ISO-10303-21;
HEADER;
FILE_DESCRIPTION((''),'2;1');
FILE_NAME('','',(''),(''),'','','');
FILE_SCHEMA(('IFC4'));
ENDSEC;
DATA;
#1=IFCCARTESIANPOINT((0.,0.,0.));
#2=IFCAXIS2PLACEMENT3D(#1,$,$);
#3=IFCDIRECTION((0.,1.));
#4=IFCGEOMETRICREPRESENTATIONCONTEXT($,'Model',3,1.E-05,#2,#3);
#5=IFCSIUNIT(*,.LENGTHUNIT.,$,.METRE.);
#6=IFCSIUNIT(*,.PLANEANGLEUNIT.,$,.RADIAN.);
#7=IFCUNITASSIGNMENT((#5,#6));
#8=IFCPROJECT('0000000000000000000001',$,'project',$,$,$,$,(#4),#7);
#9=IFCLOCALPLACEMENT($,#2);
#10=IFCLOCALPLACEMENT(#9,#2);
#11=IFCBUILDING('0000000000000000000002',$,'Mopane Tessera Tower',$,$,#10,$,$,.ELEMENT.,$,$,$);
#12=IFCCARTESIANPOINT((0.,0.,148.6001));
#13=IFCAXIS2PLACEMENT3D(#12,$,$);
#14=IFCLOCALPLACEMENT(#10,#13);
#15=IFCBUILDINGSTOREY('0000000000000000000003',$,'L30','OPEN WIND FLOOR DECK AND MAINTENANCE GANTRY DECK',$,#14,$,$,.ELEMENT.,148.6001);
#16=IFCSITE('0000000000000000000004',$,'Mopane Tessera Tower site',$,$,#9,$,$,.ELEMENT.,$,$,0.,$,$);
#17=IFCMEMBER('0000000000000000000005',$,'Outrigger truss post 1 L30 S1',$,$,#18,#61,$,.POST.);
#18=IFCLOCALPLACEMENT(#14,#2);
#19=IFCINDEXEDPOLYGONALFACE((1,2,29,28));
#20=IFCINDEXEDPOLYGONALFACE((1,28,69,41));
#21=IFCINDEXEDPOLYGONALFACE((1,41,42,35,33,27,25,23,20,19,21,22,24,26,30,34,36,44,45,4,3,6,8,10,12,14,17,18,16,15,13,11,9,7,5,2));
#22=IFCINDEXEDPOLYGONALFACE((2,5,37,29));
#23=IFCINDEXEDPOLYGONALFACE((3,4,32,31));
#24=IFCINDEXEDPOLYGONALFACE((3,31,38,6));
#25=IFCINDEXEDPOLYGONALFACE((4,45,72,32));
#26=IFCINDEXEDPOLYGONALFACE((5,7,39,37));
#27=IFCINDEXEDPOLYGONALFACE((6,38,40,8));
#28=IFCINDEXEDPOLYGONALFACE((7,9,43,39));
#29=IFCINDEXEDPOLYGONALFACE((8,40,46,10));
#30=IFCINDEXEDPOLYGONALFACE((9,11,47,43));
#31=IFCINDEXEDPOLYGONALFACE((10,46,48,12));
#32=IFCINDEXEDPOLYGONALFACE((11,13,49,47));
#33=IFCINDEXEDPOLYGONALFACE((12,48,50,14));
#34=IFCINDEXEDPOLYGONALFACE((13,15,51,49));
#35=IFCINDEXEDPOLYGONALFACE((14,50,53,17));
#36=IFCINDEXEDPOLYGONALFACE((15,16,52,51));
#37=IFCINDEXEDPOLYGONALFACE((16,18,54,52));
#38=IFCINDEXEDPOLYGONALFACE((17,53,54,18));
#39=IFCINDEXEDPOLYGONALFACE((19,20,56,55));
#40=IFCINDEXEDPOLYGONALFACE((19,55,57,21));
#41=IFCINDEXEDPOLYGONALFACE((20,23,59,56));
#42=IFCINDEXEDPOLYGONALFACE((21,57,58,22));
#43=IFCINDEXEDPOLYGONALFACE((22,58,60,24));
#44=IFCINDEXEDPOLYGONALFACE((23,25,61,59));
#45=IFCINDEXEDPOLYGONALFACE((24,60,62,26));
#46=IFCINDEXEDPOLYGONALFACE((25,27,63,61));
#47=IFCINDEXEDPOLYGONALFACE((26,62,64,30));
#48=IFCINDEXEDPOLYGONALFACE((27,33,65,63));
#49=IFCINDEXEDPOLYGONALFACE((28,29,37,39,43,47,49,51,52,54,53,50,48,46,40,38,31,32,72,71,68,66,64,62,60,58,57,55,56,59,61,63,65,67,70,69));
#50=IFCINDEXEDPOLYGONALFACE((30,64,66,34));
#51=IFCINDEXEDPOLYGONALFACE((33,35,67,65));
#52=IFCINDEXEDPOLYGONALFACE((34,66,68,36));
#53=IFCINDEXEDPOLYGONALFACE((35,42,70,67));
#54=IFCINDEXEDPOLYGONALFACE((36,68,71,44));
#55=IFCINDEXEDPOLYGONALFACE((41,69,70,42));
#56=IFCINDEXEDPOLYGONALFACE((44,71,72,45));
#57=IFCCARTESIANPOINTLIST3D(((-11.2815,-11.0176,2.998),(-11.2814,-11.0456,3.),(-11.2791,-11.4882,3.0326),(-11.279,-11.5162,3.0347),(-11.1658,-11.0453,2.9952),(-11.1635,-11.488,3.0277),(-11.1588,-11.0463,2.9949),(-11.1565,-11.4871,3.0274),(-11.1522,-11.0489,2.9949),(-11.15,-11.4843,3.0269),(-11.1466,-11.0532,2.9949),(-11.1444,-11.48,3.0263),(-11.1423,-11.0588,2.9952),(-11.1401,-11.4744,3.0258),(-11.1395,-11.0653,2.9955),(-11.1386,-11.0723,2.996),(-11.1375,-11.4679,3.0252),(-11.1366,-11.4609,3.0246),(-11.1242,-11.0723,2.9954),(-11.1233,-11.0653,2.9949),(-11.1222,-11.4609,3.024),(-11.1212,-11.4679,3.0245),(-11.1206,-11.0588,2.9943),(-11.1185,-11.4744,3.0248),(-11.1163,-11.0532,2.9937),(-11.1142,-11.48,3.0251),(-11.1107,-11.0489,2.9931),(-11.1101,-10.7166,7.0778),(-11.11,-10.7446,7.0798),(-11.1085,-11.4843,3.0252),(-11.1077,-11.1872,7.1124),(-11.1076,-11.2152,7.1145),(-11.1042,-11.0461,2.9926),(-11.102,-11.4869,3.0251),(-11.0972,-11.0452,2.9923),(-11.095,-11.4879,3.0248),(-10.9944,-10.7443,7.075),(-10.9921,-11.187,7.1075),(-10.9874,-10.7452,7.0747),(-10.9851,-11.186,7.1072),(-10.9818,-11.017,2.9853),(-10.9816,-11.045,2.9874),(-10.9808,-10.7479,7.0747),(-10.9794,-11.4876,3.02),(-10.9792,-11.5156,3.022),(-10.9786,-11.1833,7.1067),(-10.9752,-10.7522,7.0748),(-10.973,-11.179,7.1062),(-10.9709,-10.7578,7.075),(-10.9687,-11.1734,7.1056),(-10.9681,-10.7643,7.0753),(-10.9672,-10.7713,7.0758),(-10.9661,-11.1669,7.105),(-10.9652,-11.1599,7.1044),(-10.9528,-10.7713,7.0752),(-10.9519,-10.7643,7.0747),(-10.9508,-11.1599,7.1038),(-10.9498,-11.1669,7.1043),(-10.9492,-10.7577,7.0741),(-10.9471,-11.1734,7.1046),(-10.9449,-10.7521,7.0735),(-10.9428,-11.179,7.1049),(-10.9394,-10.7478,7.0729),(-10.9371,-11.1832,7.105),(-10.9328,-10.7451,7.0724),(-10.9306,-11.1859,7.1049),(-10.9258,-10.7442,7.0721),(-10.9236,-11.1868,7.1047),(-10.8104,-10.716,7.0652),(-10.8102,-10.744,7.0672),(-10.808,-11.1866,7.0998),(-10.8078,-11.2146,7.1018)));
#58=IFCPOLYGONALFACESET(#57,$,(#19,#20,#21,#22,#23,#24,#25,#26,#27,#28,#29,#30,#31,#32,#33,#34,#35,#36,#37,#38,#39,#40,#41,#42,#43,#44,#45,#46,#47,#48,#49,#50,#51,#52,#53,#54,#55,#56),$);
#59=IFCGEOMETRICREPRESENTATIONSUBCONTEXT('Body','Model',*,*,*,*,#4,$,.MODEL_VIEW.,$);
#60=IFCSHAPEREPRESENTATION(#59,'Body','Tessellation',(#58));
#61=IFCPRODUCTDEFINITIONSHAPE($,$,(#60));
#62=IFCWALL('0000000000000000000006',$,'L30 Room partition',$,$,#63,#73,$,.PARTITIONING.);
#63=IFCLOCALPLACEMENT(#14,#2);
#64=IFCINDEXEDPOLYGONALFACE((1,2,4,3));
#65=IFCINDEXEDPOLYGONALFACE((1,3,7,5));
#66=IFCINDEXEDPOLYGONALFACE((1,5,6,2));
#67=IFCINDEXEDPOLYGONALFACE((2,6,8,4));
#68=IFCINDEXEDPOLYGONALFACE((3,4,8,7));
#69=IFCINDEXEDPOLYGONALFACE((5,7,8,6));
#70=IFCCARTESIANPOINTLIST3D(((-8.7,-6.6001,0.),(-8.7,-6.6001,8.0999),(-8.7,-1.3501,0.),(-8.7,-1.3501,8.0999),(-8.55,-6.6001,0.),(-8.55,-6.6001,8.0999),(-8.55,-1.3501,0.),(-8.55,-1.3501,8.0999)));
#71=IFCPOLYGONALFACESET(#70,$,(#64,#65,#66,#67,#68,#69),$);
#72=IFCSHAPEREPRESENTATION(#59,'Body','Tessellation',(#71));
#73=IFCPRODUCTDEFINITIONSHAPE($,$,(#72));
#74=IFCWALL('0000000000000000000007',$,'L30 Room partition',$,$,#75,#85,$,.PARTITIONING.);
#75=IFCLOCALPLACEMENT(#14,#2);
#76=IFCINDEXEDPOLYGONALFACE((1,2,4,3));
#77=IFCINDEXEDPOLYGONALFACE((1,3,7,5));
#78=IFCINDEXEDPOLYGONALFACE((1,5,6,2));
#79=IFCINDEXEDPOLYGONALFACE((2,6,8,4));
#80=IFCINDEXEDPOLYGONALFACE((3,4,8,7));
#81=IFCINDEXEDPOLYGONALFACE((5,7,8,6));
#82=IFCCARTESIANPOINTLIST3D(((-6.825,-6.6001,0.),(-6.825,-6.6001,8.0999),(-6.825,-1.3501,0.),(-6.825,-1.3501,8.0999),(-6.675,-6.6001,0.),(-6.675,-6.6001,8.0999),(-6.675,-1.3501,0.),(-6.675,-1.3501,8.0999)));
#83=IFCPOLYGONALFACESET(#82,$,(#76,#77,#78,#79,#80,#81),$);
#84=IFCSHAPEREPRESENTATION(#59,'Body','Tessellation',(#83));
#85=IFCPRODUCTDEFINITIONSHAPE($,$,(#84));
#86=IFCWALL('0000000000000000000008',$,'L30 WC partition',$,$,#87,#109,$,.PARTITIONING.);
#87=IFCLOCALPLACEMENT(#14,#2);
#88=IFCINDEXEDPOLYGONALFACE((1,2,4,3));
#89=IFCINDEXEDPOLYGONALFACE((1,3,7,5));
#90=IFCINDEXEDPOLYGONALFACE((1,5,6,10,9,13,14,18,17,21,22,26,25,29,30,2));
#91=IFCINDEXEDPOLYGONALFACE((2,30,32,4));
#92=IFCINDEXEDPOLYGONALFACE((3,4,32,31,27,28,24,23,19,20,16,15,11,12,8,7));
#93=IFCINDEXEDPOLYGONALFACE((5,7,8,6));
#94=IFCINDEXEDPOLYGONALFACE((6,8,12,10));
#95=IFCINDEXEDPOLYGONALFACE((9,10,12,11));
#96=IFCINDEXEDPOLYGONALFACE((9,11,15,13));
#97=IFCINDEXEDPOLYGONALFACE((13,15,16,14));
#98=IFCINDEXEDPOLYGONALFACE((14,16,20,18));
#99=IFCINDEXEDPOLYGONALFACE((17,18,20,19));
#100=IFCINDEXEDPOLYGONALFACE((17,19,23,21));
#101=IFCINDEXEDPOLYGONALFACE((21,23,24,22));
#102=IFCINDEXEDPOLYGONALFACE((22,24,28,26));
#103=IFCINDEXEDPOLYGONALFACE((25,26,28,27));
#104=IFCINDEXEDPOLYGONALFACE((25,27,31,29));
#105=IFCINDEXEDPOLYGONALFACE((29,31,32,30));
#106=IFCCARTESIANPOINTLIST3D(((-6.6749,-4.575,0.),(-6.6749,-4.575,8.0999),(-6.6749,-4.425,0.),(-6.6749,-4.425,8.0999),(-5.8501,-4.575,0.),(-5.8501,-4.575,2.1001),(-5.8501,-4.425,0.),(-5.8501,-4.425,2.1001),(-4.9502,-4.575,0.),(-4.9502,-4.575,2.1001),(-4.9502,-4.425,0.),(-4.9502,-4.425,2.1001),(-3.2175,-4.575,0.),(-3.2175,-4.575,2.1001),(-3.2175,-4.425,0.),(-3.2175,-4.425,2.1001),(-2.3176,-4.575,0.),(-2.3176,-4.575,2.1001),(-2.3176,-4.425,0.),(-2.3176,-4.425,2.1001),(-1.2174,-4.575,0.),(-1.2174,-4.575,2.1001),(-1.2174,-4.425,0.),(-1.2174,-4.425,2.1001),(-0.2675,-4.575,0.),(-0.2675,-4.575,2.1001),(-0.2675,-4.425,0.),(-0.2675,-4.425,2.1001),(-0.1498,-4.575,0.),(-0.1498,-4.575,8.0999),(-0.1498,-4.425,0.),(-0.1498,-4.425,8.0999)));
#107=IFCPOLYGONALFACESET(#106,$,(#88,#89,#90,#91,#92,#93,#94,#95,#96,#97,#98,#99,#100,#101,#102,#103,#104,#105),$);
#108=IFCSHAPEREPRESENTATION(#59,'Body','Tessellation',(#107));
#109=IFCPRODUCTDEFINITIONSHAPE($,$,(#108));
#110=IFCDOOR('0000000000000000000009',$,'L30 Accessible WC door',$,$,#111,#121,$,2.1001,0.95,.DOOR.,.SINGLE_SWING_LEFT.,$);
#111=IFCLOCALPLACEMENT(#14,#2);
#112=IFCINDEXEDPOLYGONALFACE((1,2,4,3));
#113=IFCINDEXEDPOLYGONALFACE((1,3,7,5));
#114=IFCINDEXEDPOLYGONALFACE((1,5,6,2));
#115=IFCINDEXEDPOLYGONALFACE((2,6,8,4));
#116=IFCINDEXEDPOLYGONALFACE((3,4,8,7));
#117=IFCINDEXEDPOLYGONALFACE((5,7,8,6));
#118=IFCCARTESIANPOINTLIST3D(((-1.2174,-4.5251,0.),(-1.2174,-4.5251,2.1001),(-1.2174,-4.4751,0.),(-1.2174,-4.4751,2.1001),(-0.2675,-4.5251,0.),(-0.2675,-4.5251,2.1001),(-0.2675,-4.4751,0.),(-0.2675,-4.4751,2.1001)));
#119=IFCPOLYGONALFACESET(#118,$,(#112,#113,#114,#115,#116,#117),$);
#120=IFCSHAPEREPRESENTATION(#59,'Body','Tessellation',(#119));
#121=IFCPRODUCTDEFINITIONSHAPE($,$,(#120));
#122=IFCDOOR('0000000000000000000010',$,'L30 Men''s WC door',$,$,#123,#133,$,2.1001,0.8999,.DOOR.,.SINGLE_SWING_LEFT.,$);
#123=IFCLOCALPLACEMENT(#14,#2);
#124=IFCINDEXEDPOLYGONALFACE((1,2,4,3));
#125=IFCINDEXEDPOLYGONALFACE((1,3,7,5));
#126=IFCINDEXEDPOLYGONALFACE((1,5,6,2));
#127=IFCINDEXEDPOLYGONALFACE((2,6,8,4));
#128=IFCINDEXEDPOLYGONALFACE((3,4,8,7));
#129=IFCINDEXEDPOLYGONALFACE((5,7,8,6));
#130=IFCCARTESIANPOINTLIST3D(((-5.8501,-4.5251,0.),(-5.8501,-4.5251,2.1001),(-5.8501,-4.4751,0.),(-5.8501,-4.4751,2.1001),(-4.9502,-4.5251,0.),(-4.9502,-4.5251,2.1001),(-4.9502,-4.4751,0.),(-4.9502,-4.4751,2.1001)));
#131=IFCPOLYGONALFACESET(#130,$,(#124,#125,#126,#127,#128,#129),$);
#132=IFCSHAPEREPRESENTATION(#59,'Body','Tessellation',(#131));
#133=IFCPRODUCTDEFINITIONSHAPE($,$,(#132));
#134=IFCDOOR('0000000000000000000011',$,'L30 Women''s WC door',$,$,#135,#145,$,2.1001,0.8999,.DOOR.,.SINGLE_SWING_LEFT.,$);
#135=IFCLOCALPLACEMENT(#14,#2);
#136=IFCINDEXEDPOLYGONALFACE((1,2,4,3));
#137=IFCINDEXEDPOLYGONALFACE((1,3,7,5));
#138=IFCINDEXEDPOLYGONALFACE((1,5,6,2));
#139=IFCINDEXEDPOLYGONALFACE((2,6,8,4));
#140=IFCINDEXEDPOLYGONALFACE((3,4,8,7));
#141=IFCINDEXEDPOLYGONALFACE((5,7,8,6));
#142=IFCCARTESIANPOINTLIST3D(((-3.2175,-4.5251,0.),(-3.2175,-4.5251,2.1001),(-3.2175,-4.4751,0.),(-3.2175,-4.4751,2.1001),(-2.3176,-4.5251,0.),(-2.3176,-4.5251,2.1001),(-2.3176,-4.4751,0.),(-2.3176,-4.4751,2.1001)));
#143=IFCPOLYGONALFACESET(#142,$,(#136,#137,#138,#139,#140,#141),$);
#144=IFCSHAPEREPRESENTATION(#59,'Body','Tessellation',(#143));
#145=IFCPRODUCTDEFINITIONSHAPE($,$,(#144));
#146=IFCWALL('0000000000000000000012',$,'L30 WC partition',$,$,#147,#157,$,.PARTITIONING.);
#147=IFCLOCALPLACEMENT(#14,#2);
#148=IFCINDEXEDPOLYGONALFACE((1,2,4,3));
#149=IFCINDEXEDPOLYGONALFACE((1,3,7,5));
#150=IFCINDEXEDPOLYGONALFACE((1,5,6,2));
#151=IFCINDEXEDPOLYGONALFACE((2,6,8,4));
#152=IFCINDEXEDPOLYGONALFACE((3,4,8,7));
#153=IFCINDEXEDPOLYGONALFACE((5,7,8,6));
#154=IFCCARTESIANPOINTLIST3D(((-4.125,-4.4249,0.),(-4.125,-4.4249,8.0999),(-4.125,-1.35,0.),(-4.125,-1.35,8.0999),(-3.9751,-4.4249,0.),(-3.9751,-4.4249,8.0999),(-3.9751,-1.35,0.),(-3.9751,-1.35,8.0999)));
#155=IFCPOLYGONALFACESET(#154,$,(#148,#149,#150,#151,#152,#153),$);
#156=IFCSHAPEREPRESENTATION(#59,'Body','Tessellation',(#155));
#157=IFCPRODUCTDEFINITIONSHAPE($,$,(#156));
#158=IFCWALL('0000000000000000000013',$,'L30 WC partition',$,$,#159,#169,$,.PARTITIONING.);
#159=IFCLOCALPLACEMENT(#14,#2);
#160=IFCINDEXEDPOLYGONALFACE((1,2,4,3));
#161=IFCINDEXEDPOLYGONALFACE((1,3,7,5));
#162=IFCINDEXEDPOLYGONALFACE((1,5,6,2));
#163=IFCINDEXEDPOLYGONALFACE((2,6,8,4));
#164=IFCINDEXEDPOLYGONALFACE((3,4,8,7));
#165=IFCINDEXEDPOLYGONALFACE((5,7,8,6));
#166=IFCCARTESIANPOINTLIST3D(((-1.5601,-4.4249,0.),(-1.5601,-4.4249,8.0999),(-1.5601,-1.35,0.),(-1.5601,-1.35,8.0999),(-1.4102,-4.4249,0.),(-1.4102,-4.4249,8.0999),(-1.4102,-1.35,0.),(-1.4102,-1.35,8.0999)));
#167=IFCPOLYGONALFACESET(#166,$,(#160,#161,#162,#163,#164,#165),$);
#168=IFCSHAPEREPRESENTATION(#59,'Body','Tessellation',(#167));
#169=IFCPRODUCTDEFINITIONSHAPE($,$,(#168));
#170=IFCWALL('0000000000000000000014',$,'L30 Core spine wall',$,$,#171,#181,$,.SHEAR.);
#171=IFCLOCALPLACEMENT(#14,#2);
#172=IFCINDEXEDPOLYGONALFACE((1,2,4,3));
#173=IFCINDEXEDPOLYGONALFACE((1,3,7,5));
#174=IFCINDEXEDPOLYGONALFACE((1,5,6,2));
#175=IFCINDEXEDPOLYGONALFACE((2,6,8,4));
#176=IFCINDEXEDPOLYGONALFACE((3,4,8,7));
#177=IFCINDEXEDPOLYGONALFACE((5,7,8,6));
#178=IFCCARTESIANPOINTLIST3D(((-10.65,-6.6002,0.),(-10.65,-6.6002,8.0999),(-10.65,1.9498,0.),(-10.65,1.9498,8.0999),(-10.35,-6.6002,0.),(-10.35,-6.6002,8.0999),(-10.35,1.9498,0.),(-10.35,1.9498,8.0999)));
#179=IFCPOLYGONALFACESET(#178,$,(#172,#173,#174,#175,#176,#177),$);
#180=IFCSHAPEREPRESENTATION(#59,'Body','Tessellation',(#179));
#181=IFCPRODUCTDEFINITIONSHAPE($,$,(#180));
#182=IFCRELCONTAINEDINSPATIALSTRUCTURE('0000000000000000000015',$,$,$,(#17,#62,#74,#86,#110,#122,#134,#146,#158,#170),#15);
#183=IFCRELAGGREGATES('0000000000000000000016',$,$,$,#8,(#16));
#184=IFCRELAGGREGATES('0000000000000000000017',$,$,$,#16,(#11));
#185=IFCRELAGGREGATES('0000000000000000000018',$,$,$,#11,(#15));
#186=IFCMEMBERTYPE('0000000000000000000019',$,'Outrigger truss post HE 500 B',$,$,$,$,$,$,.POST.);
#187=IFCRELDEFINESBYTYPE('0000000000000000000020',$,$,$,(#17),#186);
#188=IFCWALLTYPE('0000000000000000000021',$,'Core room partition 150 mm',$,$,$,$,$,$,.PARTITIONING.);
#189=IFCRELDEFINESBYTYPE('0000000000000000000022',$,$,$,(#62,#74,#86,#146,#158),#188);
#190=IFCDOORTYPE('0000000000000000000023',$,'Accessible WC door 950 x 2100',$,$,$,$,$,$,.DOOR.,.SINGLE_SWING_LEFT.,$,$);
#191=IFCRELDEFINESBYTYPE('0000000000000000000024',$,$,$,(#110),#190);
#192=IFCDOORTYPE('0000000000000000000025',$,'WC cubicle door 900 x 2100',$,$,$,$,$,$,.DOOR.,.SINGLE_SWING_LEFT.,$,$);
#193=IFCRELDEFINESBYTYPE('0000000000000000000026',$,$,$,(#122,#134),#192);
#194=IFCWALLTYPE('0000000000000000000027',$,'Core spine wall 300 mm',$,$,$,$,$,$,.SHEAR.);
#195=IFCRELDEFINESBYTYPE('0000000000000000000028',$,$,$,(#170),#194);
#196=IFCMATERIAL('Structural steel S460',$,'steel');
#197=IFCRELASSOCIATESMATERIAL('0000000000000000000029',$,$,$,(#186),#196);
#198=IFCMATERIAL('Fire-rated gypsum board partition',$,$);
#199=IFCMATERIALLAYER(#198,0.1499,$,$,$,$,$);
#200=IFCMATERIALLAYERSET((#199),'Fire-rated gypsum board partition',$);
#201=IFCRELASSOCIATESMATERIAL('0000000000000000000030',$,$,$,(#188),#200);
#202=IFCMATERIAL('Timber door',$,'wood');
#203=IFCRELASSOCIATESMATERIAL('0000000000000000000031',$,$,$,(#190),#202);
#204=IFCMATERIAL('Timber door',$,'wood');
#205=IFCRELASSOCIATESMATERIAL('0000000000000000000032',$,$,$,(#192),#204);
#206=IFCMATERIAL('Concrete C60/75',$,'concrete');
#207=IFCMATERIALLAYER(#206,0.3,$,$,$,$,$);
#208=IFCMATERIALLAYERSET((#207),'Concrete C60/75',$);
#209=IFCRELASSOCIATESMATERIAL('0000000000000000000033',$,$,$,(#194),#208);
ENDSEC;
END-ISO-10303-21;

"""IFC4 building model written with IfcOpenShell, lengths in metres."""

from ifc_helpers import new_model, si_unit, direction, frame, frame_2d, origin, origin_2d, place, context, subcontext, project, spatial, rectangle, i_section, extrude, material, layer, layer_set, material_profile, profile_set, type_object, element, fill, save


model = new_model("IFC4")

# Units and contexts
model_context = context("Model", 3, precision=1e-05, world=origin(), true_north=direction((0.0, 1.0)))
body_context = subcontext(model_context, "Body", "Model", "MODEL_VIEW")
ifc_project = project(units=[si_unit("LENGTHUNIT", "METRE"), si_unit("PLANEANGLEUNIT", "RADIAN")], contexts=[model_context])

# Site, building, storey
site_placement = place(None, origin())
site = spatial("IfcSite", under=ifc_project, at=site_placement, Name="Mopane Tessera Tower site", CompositionType="ELEMENT", RefElevation=0.0)
building_placement = place(site_placement, origin())
building = spatial("IfcBuilding", under=site, at=building_placement, Name="Mopane Tessera Tower", CompositionType="ELEMENT")
storey_placement = place(building_placement, frame((0.0, 0.0, 148.6001)))
storey = spatial("IfcBuildingStorey", under=building, at=storey_placement, Name="L30", Description="OPEN WIND FLOOR DECK AND MAINTENANCE GANTRY DECK", CompositionType="ELEMENT", Elevation=148.6001)

# Member
ifc_material_1 = material(Name="Structural steel S460", Category="steel")
ifc_material_profile_1 = material_profile(ifc_material_1, i_section(OverallWidth=0.3, OverallDepth=0.5, WebThickness=0.0144, FlangeThickness=0.0281, FilletRadius=0.0271, at=origin_2d()))
ifc_profile_set_1 = profile_set([ifc_material_profile_1], Name="Structural steel S460")
member_type_1 = type_object("IfcMemberType", Name="Outrigger truss post HE 500 B", PredefinedType="POST", material=ifc_profile_set_1)
member_1_placement = place(storey_placement, frame((-11.1304, -11.2666, 3.01), z_axis=(0.041858, 0.073519, 0.996415), x_axis=(0.999111, 0.001999, -0.042118)))
element("IfcMember", 1, at=member_1_placement, inside=storey, type_object=member_type_1, Name="Outrigger truss post 1 L30 S1", PredefinedType="POST", context=body_context, shape_type="SweptSolid", body=[
    extrude(i_section(OverallWidth=0.3, OverallDepth=0.5, WebThickness=0.0144, FlangeThickness=0.0281, FilletRadius=0.0271, at=origin_2d()), origin(), (0.0, 0.0, 1.0), 4.0945),
])

# Walls
ifc_material_2 = material(Name="Fire-rated gypsum board partition")
ifc_layer_1 = layer(ifc_material_2, 0.1499)
ifc_layer_set_1 = layer_set([ifc_layer_1], Name="Fire-rated gypsum board partition")
wall_type_1 = type_object("IfcWallType", Name="Core room partition 150 mm", PredefinedType="PARTITIONING", material=ifc_layer_set_1)
for number, where, z_axis, x_axis, name in (
    (2, (-8.625, -6.6001, 0.0), (0.0, 0.0, 1.0), (0.0, 1.0, 0.0), "L30 Room partition"),
    (3, (-6.75, -6.6001, 0.0), (0.0, 0.0, 1.0), (0.0, 1.0, 0.0), "L30 Room partition"),
):
    element("IfcWall", number, at=place(storey_placement, frame(where, z_axis=z_axis, x_axis=x_axis)), inside=storey, type_object=wall_type_1, Name=name, PredefinedType="PARTITIONING", context=body_context, shape_type="SweptSolid", body=[
        extrude(rectangle(XDim=5.25, YDim=0.1499, at=frame_2d((2.625, 0.0))), origin(), (0.0, 0.0, 1.0), 8.0999),
    ])

# Wall, openings, doors
wall_1_placement = place(storey_placement, frame((-6.675, -4.5, 0.0), z_axis=(0.0, 0.0, 1.0), x_axis=(1.0, 0.0, 0.0)))
wall_1 = element("IfcWall", 4, at=wall_1_placement, inside=storey, type_object=wall_type_1, Name="L30 WC partition", PredefinedType="PARTITIONING", context=body_context, shape_type="SweptSolid", body=[
    extrude(rectangle(XDim=6.5251, YDim=0.1499, at=frame_2d((3.2627, 0.0))), origin(), (0.0, 0.0, 1.0), 8.0999),
])
opening_1_placement = place(wall_1_placement, frame((0.825, 0.0, 0.0)))
opening_1 = element("IfcOpeningElement", 5, at=opening_1_placement, cuts=wall_1, PredefinedType="OPENING", context=body_context, shape_type="SweptSolid", body=[
    extrude(rectangle(XDim=0.8999, YDim=2.1001, at=frame_2d((0.45, 1.05))), frame((0.0, 0.0869, 0.0), z_axis=(0.0, -1.0, 0.0), x_axis=(1.0, 0.0, 0.0)), (0.0, 0.0, 1.0), 0.1738),
])
opening_2_placement = place(wall_1_placement, frame((3.4575, 0.0, 0.0)))
opening_2 = element("IfcOpeningElement", 6, at=opening_2_placement, cuts=wall_1, PredefinedType="OPENING", context=body_context, shape_type="SweptSolid", body=[
    extrude(rectangle(XDim=0.8999, YDim=2.1001, at=frame_2d((0.45, 1.05))), frame((0.0, 0.0869, 0.0), z_axis=(0.0, -1.0, 0.0), x_axis=(1.0, 0.0, 0.0)), (0.0, 0.0, 1.0), 0.1738),
])
opening_3_placement = place(wall_1_placement, frame((5.4575, 0.0, 0.0)))
opening_3 = element("IfcOpeningElement", 7, at=opening_3_placement, cuts=wall_1, PredefinedType="OPENING", context=body_context, shape_type="SweptSolid", body=[
    extrude(rectangle(XDim=0.95, YDim=2.1001, at=frame_2d((0.4751, 1.05))), frame((0.0, 0.0869, 0.0), z_axis=(0.0, -1.0, 0.0), x_axis=(1.0, 0.0, 0.0)), (0.0, 0.0, 1.0), 0.1738),
])
ifc_material_3 = material(Name="Timber door", Category="wood")
door_type_1 = type_object("IfcDoorType", Name="Accessible WC door 950 x 2100", OperationType="SINGLE_SWING_LEFT", PredefinedType="DOOR", material=ifc_material_3)
door_1_placement = place(opening_3_placement, origin())
door_1 = element("IfcDoor", 8, at=door_1_placement, inside=storey, type_object=door_type_1, Name="L30 Accessible WC door", OperationType="SINGLE_SWING_LEFT", OverallHeight=2.1001, OverallWidth=0.95, PredefinedType="DOOR", context=body_context, shape_type="SweptSolid", body=[
    extrude(rectangle(XDim=0.95, YDim=2.1001, at=frame_2d((0.4751, 1.05))), frame((0.0, 0.0249, 0.0), z_axis=(0.0, -1.0, 0.0), x_axis=(1.0, 0.0, 0.0)), (0.0, 0.0, 1.0), 0.05),
])
fill(opening_3, door_1)
ifc_material_4 = material(Name="Timber door", Category="wood")
door_type_2 = type_object("IfcDoorType", Name="WC cubicle door 900 x 2100", OperationType="SINGLE_SWING_LEFT", PredefinedType="DOOR", material=ifc_material_4)
door_2_placement = place(opening_1_placement, origin())
door_2 = element("IfcDoor", 9, at=door_2_placement, inside=storey, type_object=door_type_2, Name="L30 Men's WC door", OperationType="SINGLE_SWING_LEFT", OverallHeight=2.1001, OverallWidth=0.8999, PredefinedType="DOOR", context=body_context, shape_type="SweptSolid", body=[
    extrude(rectangle(XDim=0.8999, YDim=2.1001, at=frame_2d((0.45, 1.05))), frame((0.0, 0.0249, 0.0), z_axis=(0.0, -1.0, 0.0), x_axis=(1.0, 0.0, 0.0)), (0.0, 0.0, 1.0), 0.05),
])
fill(opening_1, door_2)
door_3_placement = place(opening_2_placement, origin())
door_3 = element("IfcDoor", 10, at=door_3_placement, inside=storey, type_object=door_type_2, Name="L30 Women's WC door", OperationType="SINGLE_SWING_LEFT", OverallHeight=2.1001, OverallWidth=0.8999, PredefinedType="DOOR", context=body_context, shape_type="SweptSolid", body=[
    extrude(rectangle(XDim=0.8999, YDim=2.1001, at=frame_2d((0.45, 1.05))), frame((0.0, 0.0249, 0.0), z_axis=(0.0, -1.0, 0.0), x_axis=(1.0, 0.0, 0.0)), (0.0, 0.0, 1.0), 0.05),
])
fill(opening_2, door_3)

# Walls
for number, where, z_axis, x_axis, name in (
    (11, (-4.05, -4.425, 0.0), (0.0, 0.0, 1.0), (0.0, 1.0, 0.0), "L30 WC partition"),
    (12, (-1.4851, -4.425, 0.0), (0.0, 0.0, 1.0), (0.0, 1.0, 0.0), "L30 WC partition"),
):
    element("IfcWall", number, at=place(storey_placement, frame(where, z_axis=z_axis, x_axis=x_axis)), inside=storey, type_object=wall_type_1, Name=name, PredefinedType="PARTITIONING", context=body_context, shape_type="SweptSolid", body=[
        extrude(rectangle(XDim=3.075, YDim=0.1499, at=frame_2d((1.5376, 0.0))), origin(), (0.0, 0.0, 1.0), 8.0999),
    ])
ifc_material_5 = material(Name="Concrete C60/75", Category="concrete")
ifc_layer_2 = layer(ifc_material_5, 0.3)
ifc_layer_set_2 = layer_set([ifc_layer_2], Name="Concrete C60/75")
wall_type_2 = type_object("IfcWallType", Name="Core spine wall 300 mm", PredefinedType="SHEAR", material=ifc_layer_set_2)
wall_2_placement = place(storey_placement, frame((-10.5, -6.6001, 0.0), z_axis=(0.0, 0.0, 1.0), x_axis=(0.0, 1.0, 0.0)))
element("IfcWall", 13, at=wall_2_placement, inside=storey, type_object=wall_type_2, Name="L30 Core spine wall", PredefinedType="SHEAR", context=body_context, shape_type="SweptSolid", body=[
    extrude(rectangle(XDim=8.55, YDim=0.3, at=frame_2d((4.2749, 0.0))), origin(), (0.0, 0.0, 1.0), 8.0999),
])

save(model, "model.ifc")
